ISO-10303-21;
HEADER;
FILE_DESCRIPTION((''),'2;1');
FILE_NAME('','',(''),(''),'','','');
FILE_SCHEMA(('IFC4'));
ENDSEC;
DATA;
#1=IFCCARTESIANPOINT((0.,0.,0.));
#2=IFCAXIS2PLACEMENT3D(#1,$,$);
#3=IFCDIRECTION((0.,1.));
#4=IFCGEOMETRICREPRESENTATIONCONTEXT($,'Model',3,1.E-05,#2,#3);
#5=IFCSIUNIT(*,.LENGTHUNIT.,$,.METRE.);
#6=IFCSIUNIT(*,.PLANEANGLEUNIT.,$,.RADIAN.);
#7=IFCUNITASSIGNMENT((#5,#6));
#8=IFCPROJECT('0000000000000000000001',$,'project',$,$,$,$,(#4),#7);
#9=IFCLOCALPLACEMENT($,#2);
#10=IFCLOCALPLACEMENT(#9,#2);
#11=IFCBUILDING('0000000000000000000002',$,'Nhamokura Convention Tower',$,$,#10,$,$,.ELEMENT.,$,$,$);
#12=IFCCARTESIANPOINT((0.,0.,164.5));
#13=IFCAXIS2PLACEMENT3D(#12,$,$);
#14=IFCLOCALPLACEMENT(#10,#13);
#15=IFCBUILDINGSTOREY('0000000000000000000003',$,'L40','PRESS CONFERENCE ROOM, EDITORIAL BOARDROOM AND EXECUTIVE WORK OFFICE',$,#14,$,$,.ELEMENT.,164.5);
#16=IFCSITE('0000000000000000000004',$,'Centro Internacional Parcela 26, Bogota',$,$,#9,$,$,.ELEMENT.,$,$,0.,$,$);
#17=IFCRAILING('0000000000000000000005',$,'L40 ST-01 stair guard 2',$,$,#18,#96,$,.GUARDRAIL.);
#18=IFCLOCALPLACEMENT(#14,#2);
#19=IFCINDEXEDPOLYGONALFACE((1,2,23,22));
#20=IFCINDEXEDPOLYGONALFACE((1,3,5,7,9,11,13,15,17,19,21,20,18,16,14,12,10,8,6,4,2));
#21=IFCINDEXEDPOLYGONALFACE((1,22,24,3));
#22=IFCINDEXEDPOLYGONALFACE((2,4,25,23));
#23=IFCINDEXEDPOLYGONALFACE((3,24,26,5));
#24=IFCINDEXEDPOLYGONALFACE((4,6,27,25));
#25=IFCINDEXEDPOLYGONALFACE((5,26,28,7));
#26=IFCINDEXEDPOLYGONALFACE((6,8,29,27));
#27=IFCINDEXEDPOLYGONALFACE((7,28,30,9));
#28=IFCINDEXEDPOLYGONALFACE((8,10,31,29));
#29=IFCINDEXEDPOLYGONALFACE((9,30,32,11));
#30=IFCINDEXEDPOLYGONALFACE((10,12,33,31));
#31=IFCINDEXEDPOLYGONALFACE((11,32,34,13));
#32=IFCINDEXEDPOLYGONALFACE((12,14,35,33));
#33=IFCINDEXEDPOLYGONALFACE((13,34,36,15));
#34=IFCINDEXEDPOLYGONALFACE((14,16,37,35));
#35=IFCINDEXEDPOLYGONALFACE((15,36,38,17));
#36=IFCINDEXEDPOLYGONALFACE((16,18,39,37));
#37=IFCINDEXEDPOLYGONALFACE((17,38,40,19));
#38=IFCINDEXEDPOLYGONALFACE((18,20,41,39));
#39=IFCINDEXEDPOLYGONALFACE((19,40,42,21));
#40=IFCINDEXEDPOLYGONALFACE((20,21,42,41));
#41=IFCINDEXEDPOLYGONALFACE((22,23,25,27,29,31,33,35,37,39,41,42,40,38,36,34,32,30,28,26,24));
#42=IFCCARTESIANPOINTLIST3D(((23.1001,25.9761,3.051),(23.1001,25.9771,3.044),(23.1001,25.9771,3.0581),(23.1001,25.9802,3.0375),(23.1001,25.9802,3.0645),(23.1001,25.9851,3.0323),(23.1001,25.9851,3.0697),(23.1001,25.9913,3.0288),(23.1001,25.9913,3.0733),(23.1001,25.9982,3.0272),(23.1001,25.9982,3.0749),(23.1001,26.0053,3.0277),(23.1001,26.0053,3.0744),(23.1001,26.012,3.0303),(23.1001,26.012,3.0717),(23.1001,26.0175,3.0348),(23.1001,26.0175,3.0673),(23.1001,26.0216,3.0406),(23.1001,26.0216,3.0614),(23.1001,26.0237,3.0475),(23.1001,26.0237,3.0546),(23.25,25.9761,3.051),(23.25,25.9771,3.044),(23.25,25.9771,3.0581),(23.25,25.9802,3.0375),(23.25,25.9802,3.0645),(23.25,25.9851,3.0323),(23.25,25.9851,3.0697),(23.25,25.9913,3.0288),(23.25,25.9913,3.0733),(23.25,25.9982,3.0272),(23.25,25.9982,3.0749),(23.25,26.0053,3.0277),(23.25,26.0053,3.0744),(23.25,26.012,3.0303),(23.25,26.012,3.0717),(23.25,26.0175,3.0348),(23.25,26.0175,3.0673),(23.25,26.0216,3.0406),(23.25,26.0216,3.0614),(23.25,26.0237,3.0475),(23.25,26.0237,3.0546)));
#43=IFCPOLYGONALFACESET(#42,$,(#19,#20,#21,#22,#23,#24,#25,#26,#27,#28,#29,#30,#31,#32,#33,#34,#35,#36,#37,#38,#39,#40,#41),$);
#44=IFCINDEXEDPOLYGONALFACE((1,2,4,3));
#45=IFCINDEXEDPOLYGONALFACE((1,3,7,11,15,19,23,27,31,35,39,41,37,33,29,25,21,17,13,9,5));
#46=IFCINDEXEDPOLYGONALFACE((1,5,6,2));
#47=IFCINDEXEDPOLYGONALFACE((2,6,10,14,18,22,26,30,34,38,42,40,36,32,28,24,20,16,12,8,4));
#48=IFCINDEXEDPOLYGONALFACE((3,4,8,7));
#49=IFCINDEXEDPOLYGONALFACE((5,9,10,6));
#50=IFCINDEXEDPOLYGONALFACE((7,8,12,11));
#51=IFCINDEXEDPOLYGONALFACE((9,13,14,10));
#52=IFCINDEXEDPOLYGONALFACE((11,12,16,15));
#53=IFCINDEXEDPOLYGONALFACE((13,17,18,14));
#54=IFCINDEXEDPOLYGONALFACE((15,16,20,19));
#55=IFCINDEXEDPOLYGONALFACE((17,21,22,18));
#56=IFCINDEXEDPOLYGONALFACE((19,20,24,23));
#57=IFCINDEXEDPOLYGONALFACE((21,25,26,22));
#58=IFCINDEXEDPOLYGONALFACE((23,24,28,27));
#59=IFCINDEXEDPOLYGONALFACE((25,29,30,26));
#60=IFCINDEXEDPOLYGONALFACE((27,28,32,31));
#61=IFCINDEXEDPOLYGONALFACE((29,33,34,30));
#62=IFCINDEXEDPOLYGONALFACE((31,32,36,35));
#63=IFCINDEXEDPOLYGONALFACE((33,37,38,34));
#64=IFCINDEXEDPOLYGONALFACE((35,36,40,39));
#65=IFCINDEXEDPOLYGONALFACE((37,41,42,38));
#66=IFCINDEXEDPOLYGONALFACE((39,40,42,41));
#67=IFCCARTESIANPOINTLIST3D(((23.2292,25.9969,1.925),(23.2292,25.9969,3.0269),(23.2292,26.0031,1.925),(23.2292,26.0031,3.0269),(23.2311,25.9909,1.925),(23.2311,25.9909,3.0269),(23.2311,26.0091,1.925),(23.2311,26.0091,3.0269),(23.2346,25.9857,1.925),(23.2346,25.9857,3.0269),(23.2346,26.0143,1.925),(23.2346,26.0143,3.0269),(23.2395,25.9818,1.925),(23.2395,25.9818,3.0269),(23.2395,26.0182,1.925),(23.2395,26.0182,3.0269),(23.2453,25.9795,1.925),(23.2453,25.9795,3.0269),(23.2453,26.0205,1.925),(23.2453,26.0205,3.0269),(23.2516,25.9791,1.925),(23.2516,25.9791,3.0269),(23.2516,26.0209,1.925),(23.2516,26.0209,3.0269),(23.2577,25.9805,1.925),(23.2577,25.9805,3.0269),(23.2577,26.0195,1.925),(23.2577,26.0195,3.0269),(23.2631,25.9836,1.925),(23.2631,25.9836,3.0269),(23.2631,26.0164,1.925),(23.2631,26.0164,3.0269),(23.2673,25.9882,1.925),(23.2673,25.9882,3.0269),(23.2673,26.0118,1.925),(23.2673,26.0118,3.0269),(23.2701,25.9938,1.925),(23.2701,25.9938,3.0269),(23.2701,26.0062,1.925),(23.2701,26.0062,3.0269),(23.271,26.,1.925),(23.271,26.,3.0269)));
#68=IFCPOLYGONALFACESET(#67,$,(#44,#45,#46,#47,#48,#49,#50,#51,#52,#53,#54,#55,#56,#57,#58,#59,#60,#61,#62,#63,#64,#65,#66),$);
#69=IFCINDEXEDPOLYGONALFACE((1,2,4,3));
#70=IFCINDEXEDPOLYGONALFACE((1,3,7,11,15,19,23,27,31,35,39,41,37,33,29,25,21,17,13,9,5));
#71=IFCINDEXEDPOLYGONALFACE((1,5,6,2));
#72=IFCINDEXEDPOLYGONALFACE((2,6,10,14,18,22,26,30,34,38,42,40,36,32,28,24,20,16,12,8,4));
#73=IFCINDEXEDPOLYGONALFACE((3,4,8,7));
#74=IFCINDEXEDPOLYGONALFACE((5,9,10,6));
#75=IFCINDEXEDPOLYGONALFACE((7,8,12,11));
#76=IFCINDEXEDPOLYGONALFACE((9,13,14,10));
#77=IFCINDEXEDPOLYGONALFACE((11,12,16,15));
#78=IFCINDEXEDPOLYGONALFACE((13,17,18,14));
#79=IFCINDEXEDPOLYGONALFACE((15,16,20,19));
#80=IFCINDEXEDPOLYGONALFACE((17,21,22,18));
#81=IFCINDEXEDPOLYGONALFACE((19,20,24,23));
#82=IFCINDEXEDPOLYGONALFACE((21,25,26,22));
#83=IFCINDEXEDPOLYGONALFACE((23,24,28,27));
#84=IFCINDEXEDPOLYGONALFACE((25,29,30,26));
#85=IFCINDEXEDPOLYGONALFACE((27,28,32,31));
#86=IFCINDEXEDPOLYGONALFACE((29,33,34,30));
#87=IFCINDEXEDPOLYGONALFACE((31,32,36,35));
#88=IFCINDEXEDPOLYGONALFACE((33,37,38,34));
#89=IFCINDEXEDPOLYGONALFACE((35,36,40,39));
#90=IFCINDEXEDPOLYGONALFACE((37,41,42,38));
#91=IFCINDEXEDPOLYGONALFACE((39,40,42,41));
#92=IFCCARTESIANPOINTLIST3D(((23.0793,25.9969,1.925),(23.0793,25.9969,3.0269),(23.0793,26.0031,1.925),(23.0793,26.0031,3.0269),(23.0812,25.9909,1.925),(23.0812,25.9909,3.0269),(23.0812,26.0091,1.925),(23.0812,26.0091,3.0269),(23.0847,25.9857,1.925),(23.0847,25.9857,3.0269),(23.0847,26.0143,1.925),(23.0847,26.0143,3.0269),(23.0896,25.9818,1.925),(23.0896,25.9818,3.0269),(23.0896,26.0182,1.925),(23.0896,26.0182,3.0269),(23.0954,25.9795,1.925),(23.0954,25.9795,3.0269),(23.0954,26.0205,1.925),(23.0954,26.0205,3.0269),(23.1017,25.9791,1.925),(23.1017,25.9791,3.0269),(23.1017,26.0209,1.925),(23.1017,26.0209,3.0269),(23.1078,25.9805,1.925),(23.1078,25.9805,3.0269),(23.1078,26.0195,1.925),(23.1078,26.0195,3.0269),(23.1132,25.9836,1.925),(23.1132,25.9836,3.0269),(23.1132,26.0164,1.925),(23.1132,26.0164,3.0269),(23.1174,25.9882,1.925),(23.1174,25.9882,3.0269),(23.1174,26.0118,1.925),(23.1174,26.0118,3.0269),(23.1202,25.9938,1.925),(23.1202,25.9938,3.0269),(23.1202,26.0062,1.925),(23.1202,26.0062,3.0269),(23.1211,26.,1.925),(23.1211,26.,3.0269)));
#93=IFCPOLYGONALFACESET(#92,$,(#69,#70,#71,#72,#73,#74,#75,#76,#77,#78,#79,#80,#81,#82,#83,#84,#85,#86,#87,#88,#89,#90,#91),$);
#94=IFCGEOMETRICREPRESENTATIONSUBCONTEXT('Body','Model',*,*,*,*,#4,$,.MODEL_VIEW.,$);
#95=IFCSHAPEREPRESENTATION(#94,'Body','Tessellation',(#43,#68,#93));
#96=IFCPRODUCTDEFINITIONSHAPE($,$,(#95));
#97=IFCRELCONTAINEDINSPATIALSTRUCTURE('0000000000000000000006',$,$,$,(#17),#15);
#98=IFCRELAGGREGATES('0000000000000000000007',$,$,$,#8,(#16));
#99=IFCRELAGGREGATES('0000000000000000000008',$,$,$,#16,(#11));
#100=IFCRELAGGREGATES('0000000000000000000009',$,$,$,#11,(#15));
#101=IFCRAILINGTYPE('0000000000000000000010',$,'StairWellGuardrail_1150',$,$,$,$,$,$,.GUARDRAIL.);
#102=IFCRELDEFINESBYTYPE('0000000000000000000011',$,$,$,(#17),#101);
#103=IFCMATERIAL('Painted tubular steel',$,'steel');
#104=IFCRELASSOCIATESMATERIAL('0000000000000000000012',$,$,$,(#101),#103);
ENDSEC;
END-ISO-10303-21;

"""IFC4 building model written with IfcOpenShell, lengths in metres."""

from ifc_helpers import new_model, si_unit, direction, frame, origin, origin_2d, place, context, subcontext, project, spatial, circle, extrude, material, type_object, element, save


model = new_model("IFC4")

# Units and contexts
model_context = context("Model", 3, precision=1e-05, world=origin(), true_north=direction((0.0, 1.0)))
body_context = subcontext(model_context, "Body", "Model", "MODEL_VIEW")
ifc_project = project(units=[si_unit("LENGTHUNIT", "METRE"), si_unit("PLANEANGLEUNIT", "RADIAN")], contexts=[model_context])

# Site, building, storey
site_placement = place(None, origin())
site = spatial("IfcSite", under=ifc_project, at=site_placement, Name="Centro Internacional Parcela 26, Bogota", CompositionType="ELEMENT", RefElevation=0.0)
building_placement = place(site_placement, origin())
building = spatial("IfcBuilding", under=site, at=building_placement, Name="Nhamokura Convention Tower", CompositionType="ELEMENT")
storey_placement = place(building_placement, frame((0.0, 0.0, 164.5)))
storey = spatial("IfcBuildingStorey", under=building, at=storey_placement, Name="L40", Description="PRESS CONFERENCE ROOM, EDITORIAL BOARDROOM AND EXECUTIVE WORK OFFICE", CompositionType="ELEMENT", Elevation=164.5)

# Railing
ifc_material_1 = material(Name="Painted tubular steel", Category="steel")
railing_type_1 = type_object("IfcRailingType", Name="StairWellGuardrail_1150", PredefinedType="GUARDRAIL", material=ifc_material_1)
railing_1_placement = place(storey_placement, frame((23.25, 26.0, 1.925)))
element("IfcRailing", 1, at=railing_1_placement, inside=storey, type_object=railing_type_1, Name="L40 ST-01 stair guard 2", PredefinedType="GUARDRAIL", context=body_context, shape_type="SweptSolid", body=[
    extrude(circle(Radius=0.0239, at=origin_2d()), frame((0.0, 0.0, 1.126), z_axis=(-1.0, 0.0, 0.0), x_axis=(0.0, -1.0, 0.0)), (0.0, 0.0, 1.0), 0.1499),
    extrude(circle(Radius=0.021, at=origin_2d()), origin(), (0.0, 0.0, 1.0), 1.1018),
    extrude(circle(Radius=0.021, at=origin_2d()), frame((-0.1499, 0.0, 0.0)), (0.0, 0.0, 1.0), 1.1018),
])

save(model, "model.ifc")
